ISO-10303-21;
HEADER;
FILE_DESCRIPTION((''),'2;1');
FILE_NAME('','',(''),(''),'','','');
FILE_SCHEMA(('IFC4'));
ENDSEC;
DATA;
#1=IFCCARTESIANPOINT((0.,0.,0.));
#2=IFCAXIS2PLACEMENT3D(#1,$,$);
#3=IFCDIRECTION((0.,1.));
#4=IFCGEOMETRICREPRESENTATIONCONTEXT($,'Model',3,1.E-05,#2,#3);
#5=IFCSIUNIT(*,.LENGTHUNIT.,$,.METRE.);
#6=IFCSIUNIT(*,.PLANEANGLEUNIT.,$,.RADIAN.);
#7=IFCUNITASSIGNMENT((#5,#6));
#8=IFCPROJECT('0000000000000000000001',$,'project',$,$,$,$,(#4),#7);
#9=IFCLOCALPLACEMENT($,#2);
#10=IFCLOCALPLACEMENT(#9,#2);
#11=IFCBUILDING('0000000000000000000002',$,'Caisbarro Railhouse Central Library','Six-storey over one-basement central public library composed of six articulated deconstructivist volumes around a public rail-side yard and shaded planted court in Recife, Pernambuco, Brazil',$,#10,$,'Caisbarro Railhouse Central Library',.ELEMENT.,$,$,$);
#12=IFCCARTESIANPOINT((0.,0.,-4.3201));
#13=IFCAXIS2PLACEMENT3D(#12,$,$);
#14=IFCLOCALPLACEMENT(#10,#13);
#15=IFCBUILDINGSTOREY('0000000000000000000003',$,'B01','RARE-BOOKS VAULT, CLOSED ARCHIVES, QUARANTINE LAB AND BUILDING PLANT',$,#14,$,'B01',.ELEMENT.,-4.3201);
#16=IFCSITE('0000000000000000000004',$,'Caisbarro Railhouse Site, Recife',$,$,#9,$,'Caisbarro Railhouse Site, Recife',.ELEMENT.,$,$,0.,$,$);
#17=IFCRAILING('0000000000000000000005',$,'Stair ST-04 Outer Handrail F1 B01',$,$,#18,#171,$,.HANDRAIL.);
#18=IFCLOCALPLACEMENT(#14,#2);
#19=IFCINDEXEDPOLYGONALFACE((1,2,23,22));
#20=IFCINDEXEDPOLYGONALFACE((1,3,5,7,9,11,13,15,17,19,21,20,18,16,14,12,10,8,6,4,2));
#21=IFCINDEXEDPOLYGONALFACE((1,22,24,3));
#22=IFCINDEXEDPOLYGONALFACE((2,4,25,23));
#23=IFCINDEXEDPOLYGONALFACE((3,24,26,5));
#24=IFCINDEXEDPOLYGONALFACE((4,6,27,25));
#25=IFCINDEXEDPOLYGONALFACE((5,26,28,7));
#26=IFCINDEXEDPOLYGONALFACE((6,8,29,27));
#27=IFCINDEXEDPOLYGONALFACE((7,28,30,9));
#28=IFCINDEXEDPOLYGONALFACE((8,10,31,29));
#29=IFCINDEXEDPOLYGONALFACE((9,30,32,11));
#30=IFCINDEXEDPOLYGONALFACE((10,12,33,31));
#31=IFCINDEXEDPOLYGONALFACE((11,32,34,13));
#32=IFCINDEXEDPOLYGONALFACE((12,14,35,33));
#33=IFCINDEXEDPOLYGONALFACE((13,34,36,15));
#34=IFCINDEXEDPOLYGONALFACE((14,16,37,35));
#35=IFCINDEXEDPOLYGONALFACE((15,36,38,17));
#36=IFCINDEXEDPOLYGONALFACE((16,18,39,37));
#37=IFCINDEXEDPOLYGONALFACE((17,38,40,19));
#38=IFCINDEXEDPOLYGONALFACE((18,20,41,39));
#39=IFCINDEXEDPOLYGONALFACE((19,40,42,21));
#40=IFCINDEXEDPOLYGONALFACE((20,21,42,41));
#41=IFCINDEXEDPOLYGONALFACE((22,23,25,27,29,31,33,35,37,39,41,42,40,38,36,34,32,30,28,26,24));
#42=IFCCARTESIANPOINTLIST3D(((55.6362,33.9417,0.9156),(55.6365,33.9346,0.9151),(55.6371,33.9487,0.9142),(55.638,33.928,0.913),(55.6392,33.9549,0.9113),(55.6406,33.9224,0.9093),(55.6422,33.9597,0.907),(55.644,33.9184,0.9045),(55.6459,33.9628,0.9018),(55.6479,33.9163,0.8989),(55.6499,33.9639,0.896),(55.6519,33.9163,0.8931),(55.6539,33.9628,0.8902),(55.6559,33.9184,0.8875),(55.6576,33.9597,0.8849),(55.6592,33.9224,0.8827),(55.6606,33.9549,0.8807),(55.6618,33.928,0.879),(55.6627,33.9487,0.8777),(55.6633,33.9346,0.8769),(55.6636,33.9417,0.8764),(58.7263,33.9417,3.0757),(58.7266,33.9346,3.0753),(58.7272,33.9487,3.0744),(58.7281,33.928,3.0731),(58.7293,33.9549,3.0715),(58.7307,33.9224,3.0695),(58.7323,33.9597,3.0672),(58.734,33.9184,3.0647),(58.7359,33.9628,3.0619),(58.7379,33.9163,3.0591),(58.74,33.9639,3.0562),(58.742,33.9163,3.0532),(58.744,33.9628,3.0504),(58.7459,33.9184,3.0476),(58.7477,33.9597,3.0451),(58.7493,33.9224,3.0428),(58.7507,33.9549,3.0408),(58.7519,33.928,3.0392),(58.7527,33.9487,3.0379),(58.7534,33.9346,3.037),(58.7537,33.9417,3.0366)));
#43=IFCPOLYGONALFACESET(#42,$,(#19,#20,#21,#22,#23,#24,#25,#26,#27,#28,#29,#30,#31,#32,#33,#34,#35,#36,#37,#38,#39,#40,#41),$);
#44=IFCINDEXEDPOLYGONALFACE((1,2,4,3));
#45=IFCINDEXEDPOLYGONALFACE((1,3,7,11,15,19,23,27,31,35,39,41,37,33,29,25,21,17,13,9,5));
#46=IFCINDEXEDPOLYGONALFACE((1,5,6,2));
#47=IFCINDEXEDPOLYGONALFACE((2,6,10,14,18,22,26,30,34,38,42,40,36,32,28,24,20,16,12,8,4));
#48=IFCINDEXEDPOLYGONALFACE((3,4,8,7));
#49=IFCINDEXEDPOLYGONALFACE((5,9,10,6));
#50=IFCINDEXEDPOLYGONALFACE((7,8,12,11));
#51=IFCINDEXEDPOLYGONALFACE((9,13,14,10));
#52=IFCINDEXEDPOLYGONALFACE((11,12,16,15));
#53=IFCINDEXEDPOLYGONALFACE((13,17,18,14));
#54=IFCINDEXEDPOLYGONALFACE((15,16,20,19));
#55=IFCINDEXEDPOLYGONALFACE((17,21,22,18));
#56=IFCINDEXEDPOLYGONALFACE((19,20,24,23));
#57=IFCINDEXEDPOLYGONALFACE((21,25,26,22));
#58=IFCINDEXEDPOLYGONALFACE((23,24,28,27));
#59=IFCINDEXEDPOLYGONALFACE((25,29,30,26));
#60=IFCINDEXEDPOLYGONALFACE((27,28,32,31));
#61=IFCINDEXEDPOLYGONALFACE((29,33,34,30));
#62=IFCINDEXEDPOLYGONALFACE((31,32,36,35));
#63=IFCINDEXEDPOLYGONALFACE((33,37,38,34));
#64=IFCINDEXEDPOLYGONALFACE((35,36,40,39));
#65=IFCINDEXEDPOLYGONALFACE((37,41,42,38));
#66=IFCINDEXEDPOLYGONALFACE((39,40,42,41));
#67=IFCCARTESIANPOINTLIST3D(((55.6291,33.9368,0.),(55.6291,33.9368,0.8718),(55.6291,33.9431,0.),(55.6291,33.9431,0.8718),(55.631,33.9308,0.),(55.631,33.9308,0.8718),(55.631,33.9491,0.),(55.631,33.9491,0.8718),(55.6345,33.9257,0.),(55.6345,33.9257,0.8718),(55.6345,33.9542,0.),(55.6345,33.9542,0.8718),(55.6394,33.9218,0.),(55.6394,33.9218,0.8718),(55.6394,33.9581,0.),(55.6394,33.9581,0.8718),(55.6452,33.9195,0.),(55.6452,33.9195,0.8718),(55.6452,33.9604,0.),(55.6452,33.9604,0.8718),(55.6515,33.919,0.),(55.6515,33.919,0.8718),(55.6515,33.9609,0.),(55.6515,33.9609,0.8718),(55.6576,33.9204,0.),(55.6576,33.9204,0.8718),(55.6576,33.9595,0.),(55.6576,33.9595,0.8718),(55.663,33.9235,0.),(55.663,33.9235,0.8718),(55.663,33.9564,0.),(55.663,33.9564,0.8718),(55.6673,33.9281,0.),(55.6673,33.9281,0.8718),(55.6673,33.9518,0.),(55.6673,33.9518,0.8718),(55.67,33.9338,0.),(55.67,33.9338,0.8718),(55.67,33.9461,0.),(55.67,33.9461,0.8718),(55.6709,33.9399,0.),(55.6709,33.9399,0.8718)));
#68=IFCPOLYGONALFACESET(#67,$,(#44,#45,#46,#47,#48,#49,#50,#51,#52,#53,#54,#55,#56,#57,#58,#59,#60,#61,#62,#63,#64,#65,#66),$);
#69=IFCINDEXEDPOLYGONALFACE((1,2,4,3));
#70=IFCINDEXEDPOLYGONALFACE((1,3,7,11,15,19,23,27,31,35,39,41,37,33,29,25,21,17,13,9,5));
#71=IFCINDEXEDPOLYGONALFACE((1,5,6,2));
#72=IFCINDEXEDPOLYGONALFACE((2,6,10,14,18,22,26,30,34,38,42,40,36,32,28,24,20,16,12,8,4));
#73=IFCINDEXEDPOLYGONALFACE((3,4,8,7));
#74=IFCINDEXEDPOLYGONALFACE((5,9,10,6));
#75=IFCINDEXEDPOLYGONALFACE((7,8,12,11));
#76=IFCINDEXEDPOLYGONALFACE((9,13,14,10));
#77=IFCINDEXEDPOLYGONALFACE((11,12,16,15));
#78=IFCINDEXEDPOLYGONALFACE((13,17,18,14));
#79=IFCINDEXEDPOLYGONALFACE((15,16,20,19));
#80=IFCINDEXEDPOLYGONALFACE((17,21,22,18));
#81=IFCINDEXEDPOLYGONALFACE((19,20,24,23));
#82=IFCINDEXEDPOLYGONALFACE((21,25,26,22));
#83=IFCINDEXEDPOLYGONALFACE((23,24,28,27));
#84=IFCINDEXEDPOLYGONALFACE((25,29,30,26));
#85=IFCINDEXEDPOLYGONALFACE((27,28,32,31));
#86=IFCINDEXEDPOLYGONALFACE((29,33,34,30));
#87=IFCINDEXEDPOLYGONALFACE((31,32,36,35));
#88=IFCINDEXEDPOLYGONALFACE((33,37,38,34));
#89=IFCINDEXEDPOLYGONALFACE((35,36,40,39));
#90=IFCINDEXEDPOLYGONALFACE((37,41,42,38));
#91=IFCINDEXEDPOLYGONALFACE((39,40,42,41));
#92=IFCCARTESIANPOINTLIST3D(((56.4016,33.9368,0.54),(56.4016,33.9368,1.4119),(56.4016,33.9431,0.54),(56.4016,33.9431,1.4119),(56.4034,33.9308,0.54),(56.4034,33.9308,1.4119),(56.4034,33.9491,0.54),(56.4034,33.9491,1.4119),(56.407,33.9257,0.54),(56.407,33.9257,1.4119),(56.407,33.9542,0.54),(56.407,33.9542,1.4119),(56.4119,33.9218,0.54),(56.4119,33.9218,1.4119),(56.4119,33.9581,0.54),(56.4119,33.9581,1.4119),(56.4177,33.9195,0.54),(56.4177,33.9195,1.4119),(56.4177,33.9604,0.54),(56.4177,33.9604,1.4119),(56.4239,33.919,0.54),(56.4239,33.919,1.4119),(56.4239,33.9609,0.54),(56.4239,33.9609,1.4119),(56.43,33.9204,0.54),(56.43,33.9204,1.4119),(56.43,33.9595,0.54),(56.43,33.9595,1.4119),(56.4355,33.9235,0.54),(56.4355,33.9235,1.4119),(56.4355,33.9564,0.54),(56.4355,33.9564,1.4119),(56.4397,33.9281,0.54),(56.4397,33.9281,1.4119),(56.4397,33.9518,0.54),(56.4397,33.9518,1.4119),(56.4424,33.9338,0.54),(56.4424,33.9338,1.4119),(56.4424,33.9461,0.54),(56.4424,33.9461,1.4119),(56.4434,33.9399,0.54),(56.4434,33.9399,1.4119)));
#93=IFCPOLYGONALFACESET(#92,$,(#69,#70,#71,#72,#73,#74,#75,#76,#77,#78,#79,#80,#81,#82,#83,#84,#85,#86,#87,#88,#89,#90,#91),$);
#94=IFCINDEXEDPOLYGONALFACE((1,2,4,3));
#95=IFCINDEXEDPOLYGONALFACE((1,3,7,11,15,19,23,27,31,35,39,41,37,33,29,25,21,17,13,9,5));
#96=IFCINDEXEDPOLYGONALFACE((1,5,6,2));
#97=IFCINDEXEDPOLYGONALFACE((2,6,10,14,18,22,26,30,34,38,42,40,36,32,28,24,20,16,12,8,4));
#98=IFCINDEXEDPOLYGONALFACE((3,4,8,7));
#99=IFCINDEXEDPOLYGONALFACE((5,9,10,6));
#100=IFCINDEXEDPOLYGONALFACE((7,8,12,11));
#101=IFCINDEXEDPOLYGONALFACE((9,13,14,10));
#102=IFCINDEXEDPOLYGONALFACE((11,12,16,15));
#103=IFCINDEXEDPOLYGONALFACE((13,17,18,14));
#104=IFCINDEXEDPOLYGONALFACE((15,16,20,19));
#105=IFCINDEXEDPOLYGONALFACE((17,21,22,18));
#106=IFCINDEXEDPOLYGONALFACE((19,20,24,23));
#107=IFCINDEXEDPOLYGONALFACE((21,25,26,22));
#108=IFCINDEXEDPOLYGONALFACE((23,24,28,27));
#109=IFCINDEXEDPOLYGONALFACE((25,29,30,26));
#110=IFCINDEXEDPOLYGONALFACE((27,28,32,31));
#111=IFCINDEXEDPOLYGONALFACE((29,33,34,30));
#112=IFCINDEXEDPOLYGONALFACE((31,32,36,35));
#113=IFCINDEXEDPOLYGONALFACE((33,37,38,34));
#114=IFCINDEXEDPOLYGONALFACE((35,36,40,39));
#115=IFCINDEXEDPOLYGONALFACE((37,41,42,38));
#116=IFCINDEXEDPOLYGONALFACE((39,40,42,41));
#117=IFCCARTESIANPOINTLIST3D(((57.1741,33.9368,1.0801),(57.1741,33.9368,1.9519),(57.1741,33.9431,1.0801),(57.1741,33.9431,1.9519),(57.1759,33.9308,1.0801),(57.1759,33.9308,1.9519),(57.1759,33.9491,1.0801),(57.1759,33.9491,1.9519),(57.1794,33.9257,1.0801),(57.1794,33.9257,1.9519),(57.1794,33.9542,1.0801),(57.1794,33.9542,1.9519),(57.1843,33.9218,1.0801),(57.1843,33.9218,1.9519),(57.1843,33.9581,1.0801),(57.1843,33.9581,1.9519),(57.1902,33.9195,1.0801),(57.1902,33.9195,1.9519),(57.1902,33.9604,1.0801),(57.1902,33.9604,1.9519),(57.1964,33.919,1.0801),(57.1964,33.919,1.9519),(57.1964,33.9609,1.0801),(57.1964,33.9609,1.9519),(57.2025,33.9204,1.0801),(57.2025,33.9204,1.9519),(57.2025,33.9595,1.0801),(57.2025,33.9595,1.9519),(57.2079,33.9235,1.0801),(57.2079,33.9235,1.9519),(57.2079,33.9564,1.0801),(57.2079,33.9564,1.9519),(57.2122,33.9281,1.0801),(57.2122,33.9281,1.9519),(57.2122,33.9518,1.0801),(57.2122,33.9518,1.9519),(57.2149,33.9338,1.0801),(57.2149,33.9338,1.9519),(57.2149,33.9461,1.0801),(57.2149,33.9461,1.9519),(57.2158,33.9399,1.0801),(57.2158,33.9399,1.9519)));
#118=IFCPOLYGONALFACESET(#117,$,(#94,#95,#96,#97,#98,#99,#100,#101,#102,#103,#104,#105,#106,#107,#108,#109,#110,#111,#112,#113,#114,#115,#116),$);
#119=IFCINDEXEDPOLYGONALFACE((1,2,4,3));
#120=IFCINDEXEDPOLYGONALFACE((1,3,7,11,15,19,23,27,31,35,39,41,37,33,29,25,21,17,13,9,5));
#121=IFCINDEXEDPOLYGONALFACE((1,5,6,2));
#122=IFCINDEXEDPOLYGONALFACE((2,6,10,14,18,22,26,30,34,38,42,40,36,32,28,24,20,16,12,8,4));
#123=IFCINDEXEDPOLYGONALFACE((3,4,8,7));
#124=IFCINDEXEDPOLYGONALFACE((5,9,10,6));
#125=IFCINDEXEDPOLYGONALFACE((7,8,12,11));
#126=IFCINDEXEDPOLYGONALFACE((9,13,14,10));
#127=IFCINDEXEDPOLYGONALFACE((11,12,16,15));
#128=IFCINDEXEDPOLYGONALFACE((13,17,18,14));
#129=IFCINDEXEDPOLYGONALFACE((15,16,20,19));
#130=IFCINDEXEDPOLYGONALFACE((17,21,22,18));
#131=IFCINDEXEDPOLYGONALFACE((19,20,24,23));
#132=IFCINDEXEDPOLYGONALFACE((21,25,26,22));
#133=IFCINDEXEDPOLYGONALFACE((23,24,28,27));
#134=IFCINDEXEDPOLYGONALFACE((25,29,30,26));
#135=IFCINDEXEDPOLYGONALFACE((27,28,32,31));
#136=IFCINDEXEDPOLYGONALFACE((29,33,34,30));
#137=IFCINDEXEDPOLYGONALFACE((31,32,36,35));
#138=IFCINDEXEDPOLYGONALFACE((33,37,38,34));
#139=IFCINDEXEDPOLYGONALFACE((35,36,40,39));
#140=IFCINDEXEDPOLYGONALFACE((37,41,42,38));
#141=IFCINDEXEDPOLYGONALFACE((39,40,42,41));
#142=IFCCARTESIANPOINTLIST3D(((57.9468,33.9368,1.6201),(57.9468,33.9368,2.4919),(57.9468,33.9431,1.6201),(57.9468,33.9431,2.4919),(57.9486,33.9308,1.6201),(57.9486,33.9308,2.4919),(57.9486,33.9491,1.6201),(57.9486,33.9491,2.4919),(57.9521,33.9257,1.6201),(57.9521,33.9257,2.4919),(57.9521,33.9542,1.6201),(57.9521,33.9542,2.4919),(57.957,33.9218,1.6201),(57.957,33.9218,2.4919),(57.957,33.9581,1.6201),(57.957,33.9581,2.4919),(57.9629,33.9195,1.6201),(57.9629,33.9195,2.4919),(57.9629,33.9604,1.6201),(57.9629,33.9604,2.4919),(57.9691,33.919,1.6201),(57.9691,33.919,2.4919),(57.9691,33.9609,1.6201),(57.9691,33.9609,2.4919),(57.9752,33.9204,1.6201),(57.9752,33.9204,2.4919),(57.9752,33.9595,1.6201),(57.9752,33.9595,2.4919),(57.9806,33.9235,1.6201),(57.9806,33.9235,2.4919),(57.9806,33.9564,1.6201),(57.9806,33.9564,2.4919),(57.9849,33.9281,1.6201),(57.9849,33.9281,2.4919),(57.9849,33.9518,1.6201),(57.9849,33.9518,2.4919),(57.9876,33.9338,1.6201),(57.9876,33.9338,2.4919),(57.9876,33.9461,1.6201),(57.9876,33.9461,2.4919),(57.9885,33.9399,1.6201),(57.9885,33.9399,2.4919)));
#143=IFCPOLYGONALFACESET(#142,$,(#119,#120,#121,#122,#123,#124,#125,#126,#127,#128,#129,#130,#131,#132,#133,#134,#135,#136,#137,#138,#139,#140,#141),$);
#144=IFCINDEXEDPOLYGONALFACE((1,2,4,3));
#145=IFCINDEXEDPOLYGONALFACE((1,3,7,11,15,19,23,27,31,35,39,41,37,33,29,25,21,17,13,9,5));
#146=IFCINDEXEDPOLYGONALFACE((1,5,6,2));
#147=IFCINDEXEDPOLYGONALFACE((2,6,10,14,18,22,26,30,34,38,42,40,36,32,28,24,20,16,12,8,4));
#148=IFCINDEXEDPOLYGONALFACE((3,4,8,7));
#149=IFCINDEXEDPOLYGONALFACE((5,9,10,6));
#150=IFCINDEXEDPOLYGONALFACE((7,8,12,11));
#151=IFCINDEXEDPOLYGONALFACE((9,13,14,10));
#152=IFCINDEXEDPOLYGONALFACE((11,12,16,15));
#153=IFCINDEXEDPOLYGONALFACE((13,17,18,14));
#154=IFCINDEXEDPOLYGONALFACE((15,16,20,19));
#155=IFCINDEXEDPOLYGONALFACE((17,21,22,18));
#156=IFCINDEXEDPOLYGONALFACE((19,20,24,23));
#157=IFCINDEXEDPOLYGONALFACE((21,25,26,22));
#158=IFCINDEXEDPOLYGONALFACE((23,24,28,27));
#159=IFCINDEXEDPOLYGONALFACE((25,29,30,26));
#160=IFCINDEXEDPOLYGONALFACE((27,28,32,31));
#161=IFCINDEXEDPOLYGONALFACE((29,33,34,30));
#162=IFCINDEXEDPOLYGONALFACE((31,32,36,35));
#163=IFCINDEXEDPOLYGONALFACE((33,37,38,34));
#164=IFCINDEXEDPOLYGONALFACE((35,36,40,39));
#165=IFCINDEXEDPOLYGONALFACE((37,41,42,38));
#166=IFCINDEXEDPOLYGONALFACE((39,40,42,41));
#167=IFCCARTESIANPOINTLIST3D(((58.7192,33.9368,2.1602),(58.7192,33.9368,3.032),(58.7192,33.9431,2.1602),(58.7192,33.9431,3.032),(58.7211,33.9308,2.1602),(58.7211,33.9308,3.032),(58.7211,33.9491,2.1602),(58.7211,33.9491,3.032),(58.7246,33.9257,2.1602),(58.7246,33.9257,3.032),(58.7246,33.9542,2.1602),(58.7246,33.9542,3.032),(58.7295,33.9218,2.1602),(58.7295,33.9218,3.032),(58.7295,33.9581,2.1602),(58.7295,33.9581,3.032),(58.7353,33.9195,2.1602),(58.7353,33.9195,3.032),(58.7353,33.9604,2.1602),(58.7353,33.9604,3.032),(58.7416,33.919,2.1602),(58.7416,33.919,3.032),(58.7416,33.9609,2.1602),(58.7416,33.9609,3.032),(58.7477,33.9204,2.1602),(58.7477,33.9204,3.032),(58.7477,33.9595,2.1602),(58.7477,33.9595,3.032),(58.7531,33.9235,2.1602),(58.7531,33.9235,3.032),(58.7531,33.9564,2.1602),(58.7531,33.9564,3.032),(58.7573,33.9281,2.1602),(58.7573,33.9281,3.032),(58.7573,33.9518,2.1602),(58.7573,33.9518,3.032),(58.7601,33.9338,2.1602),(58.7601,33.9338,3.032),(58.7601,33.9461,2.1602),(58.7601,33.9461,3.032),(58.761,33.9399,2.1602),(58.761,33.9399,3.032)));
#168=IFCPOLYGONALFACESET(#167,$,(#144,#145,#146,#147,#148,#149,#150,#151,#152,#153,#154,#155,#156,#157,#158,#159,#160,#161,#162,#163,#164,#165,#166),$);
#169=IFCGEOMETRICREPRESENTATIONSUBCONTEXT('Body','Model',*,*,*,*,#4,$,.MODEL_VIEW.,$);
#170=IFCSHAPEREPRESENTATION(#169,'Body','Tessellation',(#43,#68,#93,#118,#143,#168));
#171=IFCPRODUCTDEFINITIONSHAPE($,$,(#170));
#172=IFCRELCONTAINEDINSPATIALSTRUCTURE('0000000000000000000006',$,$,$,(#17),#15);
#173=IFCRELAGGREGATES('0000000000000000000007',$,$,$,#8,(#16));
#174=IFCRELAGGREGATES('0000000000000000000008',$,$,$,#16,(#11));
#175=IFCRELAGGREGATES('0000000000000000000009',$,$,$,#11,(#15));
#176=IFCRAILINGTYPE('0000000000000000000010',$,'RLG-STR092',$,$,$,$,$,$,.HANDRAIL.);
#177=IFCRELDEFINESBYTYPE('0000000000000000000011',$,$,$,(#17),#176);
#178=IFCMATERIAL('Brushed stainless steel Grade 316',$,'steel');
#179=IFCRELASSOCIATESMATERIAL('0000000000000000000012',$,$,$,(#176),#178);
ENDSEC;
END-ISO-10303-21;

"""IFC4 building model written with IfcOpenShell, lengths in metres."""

from ifc_helpers import new_model, si_unit, direction, frame, origin, origin_2d, place, context, subcontext, project, spatial, circle, extrude, material, type_object, element, save


model = new_model("IFC4")

# Units and contexts
model_context = context("Model", 3, precision=1e-05, world=origin(), true_north=direction((0.0, 1.0)))
body_context = subcontext(model_context, "Body", "Model", "MODEL_VIEW")
ifc_project = project(units=[si_unit("LENGTHUNIT", "METRE"), si_unit("PLANEANGLEUNIT", "RADIAN")], contexts=[model_context])

# Site, building, storey
site_placement = place(None, origin())
site = spatial("IfcSite", under=ifc_project, at=site_placement, Name="Caisbarro Railhouse Site, Recife", LongName="Caisbarro Railhouse Site, Recife", CompositionType="ELEMENT", RefElevation=0.0)
building_placement = place(site_placement, origin())
building = spatial("IfcBuilding", under=site, at=building_placement, Name="Caisbarro Railhouse Central Library", Description="Six-storey over one-basement central public library composed of six articulated deconstructivist volumes around a public rail-side yard and shaded planted court in Recife, Pernambuco, Brazil", LongName="Caisbarro Railhouse Central Library", CompositionType="ELEMENT")
storey_placement = place(building_placement, frame((0.0, 0.0, -4.3201)))
storey = spatial("IfcBuildingStorey", under=building, at=storey_placement, Name="B01", Description="RARE-BOOKS VAULT, CLOSED ARCHIVES, QUARANTINE LAB AND BUILDING PLANT", LongName="B01", CompositionType="ELEMENT", Elevation=-4.3201)

# Railing
ifc_material_1 = material(Name="Brushed stainless steel Grade 316", Category="steel")
railing_type_1 = type_object("IfcRailingType", Name="RLG-STR092", PredefinedType="HANDRAIL", material=ifc_material_1)
railing_1_placement = place(storey_placement, frame((55.6499, 33.9399, 0.0)))
element("IfcRailing", 1, at=railing_1_placement, inside=storey, type_object=railing_type_1, Name="Stair ST-04 Outer Handrail F1 B01", PredefinedType="HANDRAIL", context=body_context, shape_type="SweptSolid", body=[
    extrude(circle(Radius=0.0239, at=origin_2d()), frame((0.0, 0.0, 0.896), z_axis=(0.819594, 0.0, 0.572945), x_axis=(0.0, 1.0, 0.0)), (0.0, 0.0, 1.0), 3.7703),
    extrude(circle(Radius=0.021, at=origin_2d()), origin(), (0.0, 0.0, 1.0), 0.8718),
    extrude(circle(Radius=0.021, at=origin_2d()), frame((0.7725, 0.0, 0.54)), (0.0, 0.0, 1.0), 0.8718),
    extrude(circle(Radius=0.021, at=origin_2d()), frame((1.5449, 0.0, 1.0801)), (0.0, 0.0, 1.0), 0.8718),
    extrude(circle(Radius=0.021, at=origin_2d()), frame((2.3176, 0.0, 1.6201)), (0.0, 0.0, 1.0), 0.8718),
    extrude(circle(Radius=0.021, at=origin_2d()), frame((3.0901, 0.0, 2.1602)), (0.0, 0.0, 1.0), 0.8718),
])

save(model, "model.ifc")
